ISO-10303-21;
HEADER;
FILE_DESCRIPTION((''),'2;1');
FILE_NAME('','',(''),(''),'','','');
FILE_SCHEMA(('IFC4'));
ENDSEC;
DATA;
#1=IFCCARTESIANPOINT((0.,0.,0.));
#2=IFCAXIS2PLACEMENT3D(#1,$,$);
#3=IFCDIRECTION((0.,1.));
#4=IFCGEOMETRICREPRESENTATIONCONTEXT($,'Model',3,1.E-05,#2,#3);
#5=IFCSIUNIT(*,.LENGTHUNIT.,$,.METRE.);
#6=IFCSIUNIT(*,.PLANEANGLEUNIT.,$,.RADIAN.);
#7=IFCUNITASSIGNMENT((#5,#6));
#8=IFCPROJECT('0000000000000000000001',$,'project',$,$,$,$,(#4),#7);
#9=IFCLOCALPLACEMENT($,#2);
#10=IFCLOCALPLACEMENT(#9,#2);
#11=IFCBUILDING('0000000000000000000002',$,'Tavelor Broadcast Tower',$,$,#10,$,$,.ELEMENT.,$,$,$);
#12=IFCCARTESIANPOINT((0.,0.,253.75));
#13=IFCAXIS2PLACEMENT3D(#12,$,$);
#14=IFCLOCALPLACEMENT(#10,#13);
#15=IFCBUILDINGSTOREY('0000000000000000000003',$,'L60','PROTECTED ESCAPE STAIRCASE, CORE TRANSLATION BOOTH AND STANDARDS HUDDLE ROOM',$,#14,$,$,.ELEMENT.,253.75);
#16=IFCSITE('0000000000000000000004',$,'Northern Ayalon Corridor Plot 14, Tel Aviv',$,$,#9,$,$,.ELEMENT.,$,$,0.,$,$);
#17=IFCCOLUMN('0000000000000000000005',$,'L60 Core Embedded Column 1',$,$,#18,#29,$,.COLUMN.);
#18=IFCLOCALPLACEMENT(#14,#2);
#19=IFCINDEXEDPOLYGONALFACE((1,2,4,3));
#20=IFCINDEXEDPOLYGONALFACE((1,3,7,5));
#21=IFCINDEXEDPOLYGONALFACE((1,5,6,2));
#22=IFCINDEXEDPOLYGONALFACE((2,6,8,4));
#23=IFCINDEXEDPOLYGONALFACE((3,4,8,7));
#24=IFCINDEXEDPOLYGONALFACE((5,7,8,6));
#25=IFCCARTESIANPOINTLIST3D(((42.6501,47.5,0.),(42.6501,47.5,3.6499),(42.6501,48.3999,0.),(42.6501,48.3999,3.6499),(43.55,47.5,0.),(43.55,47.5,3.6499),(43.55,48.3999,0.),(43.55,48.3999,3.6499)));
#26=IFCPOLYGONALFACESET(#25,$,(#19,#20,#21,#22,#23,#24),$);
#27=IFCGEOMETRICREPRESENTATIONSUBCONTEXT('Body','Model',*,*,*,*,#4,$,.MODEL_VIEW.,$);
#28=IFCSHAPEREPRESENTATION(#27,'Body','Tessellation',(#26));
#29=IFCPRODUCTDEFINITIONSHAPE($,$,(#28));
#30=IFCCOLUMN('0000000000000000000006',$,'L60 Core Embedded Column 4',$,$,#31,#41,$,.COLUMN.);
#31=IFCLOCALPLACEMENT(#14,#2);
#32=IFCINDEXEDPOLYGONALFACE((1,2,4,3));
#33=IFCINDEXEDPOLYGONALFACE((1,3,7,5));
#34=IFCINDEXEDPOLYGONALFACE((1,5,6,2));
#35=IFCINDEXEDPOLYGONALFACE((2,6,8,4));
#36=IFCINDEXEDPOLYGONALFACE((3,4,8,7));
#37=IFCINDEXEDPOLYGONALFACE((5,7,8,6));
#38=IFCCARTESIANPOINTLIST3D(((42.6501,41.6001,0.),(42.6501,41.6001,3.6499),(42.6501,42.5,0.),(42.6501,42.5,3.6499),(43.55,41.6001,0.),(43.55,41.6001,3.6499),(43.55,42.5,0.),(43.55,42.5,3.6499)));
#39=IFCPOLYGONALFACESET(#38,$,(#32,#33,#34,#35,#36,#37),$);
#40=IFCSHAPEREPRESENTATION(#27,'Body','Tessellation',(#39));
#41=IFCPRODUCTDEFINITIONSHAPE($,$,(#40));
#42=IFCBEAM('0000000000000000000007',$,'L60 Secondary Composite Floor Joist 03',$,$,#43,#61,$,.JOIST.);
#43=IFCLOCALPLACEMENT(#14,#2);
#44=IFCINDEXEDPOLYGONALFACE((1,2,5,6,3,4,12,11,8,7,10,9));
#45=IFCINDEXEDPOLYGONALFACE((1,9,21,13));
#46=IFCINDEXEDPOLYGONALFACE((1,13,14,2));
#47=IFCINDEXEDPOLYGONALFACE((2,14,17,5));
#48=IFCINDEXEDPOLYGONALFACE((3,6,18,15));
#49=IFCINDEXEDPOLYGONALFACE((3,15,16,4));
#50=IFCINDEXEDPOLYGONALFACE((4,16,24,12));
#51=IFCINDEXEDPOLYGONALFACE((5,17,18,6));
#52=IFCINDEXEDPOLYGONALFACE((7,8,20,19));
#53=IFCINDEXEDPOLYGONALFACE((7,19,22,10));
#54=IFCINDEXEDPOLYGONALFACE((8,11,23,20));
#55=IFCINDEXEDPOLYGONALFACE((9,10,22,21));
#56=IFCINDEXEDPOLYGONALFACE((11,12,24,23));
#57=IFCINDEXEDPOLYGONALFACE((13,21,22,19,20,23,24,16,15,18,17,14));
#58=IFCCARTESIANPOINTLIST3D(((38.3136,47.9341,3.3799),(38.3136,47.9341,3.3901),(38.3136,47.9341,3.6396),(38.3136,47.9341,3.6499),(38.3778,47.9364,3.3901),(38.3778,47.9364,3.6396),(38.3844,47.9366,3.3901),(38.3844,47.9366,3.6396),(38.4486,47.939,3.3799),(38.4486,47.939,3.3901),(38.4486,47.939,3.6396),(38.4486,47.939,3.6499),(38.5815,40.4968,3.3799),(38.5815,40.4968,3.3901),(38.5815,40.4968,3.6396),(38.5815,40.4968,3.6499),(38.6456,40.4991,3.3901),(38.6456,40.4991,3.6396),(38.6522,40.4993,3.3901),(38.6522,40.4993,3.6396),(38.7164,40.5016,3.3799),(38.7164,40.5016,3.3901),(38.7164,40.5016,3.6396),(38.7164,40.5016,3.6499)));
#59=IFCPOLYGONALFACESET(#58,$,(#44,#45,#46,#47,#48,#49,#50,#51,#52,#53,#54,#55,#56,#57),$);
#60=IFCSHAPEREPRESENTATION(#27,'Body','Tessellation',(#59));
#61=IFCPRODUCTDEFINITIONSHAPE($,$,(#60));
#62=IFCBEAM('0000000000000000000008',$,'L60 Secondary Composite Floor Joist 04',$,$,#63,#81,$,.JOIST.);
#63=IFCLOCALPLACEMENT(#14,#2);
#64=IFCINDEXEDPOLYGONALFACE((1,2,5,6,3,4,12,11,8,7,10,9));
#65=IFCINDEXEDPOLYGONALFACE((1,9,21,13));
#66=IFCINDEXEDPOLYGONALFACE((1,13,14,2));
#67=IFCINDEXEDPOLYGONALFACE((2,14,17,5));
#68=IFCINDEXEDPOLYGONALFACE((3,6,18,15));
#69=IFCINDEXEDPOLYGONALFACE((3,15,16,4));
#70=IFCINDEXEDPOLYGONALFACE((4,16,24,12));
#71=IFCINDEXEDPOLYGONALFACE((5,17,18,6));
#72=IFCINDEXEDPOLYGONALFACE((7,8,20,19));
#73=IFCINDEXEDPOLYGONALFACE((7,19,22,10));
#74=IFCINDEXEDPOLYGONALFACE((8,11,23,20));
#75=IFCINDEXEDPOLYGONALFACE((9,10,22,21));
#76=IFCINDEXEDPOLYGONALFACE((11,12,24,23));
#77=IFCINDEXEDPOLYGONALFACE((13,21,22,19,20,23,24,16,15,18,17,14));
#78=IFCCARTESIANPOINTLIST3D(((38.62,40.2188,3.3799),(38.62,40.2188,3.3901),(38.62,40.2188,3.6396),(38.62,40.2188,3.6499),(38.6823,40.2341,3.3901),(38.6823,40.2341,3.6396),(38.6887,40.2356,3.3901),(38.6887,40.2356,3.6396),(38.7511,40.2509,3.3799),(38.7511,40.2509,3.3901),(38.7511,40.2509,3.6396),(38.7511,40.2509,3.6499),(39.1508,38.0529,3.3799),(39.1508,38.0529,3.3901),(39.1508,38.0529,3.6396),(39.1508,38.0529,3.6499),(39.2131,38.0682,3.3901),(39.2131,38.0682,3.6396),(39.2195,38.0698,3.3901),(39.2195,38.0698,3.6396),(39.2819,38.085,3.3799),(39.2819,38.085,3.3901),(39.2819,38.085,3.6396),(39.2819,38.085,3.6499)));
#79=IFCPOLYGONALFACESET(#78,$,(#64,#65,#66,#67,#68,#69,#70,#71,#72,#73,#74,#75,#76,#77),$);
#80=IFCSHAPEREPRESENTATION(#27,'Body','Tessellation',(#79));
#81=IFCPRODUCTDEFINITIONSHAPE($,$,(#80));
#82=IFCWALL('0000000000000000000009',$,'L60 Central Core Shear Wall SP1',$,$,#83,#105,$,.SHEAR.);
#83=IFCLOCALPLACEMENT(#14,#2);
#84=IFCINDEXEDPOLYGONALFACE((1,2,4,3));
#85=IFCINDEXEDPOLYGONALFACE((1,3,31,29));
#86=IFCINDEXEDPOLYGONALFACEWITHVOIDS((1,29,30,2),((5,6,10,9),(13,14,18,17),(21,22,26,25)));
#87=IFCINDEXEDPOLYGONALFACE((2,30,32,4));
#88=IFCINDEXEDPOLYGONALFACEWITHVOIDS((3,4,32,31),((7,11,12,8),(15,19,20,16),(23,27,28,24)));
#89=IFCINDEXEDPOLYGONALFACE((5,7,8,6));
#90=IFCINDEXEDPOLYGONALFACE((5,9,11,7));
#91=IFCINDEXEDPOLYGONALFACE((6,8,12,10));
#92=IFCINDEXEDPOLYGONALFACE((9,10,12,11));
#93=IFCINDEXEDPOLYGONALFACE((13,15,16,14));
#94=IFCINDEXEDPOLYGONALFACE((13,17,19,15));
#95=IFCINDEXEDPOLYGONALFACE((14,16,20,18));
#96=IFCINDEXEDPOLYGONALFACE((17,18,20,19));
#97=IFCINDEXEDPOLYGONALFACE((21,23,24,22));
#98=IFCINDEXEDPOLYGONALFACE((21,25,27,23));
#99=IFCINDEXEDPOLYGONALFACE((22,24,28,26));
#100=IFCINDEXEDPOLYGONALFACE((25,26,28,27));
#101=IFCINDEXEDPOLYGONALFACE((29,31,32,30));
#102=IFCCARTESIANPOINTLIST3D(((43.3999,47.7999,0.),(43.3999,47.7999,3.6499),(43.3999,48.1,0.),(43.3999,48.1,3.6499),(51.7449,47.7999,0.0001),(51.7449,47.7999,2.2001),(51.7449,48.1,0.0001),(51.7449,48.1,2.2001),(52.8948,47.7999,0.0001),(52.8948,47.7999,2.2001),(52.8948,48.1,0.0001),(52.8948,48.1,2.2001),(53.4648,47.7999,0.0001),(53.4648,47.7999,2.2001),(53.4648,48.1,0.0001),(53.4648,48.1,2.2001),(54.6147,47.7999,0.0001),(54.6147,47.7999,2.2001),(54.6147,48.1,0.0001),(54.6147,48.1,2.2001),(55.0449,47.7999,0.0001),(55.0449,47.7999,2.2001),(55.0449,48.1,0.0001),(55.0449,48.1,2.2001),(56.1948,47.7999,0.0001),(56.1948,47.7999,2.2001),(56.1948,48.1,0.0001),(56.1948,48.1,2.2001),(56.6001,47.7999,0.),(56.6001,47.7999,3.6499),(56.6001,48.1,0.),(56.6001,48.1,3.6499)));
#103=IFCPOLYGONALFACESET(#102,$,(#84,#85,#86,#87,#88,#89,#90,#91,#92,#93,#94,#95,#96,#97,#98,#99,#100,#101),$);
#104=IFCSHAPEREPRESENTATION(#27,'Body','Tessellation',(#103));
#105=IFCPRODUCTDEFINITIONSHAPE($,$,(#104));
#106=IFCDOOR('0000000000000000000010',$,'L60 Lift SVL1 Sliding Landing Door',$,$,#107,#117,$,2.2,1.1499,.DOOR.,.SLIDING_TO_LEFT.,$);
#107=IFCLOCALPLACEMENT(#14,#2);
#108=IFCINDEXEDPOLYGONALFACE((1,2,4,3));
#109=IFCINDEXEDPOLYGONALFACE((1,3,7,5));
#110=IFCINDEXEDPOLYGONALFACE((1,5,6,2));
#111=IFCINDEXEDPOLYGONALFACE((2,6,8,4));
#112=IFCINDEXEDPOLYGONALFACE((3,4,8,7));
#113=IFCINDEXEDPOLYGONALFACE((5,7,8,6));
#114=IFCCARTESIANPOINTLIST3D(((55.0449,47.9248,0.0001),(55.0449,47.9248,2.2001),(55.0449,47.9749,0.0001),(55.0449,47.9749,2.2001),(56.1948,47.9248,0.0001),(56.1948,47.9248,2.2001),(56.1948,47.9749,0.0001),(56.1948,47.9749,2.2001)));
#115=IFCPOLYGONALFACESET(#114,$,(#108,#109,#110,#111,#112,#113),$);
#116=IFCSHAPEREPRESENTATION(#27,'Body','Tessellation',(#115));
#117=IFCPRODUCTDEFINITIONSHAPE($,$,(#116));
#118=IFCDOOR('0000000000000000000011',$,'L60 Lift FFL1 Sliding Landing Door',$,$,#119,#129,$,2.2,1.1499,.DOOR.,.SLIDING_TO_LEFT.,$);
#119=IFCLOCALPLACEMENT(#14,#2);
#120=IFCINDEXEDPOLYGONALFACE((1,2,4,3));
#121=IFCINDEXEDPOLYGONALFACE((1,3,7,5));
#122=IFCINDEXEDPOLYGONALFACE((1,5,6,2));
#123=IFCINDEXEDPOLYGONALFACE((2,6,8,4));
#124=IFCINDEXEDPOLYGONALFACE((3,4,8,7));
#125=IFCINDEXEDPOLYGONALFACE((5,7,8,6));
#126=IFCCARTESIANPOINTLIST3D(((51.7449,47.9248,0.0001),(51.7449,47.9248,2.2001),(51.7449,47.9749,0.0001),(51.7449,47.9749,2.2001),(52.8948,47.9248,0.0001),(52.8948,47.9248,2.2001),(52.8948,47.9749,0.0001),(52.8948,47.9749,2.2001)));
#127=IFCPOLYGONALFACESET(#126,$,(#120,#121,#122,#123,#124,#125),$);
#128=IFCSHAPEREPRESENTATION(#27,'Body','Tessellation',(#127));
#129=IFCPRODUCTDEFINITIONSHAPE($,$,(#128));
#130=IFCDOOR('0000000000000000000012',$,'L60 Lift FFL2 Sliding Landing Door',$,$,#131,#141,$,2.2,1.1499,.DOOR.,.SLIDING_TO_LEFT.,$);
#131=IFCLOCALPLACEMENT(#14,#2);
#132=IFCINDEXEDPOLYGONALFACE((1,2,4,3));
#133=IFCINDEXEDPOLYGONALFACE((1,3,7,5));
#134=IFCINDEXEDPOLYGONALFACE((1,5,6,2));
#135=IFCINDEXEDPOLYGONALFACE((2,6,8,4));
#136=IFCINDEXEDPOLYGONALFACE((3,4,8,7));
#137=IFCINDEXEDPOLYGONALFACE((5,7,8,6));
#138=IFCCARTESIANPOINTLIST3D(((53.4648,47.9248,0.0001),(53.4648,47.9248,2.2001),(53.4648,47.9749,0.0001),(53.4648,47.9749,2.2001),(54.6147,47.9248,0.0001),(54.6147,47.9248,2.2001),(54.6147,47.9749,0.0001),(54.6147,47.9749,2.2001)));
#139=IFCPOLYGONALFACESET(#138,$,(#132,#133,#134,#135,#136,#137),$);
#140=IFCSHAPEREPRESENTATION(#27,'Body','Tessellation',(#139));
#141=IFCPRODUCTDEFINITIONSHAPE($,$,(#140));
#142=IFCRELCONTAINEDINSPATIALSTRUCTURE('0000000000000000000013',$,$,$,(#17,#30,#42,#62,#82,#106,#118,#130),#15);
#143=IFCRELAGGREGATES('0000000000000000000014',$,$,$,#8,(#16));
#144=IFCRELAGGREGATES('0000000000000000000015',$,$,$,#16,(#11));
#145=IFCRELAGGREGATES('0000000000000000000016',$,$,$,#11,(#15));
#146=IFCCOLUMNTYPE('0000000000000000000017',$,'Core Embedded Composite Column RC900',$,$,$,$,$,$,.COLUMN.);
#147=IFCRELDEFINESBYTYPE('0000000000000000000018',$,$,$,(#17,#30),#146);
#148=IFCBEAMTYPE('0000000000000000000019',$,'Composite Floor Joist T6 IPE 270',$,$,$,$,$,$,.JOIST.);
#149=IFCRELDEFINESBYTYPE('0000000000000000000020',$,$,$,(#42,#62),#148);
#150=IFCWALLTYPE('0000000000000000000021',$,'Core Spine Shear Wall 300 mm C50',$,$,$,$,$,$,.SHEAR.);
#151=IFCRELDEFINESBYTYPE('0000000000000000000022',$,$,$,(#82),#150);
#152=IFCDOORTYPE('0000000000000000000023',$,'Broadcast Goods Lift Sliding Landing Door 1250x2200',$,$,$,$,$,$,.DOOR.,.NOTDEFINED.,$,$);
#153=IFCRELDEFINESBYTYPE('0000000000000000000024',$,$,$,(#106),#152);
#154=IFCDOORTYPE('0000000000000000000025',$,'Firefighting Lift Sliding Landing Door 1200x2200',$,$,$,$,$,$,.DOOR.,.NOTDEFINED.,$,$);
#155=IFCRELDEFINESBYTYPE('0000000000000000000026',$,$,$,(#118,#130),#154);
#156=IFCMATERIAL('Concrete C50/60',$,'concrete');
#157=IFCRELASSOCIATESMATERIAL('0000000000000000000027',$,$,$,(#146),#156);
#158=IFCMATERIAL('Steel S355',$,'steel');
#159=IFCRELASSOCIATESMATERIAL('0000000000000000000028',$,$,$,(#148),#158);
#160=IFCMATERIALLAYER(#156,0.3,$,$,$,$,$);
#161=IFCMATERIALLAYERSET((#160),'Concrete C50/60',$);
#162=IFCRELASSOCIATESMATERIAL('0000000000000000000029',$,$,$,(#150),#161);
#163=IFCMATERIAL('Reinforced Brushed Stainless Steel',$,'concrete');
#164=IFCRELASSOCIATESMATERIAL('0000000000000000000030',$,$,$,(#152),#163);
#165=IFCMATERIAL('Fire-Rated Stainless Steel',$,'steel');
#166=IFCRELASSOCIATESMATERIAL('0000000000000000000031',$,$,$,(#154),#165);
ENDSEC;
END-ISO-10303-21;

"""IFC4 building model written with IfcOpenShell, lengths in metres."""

from ifc_helpers import new_model, si_unit, direction, frame, frame_2d, origin, origin_2d, place, context, subcontext, project, spatial, rectangle, i_section, extrude, material, layer, layer_set, material_profile, profile_set, type_object, element, fill, save


model = new_model("IFC4")

# Units and contexts
model_context = context("Model", 3, precision=1e-05, world=origin(), true_north=direction((0.0, 1.0)))
body_context = subcontext(model_context, "Body", "Model", "MODEL_VIEW")
ifc_project = project(units=[si_unit("LENGTHUNIT", "METRE"), si_unit("PLANEANGLEUNIT", "RADIAN")], contexts=[model_context])

# Site, building, storey
site_placement = place(None, origin())
site = spatial("IfcSite", under=ifc_project, at=site_placement, Name="Northern Ayalon Corridor Plot 14, Tel Aviv", CompositionType="ELEMENT", RefElevation=0.0)
building_placement = place(site_placement, origin())
building = spatial("IfcBuilding", under=site, at=building_placement, Name="Tavelor Broadcast Tower", CompositionType="ELEMENT")
storey_placement = place(building_placement, frame((0.0, 0.0, 253.75)))
storey = spatial("IfcBuildingStorey", under=building, at=storey_placement, Name="L60", Description="PROTECTED ESCAPE STAIRCASE, CORE TRANSLATION BOOTH AND STANDARDS HUDDLE ROOM", CompositionType="ELEMENT", Elevation=253.75)

# Columns
ifc_material_1 = material(Name="Concrete C50/60", Category="concrete")
ifc_material_profile_1 = material_profile(ifc_material_1, rectangle(XDim=0.8999, YDim=0.8999, at=origin_2d()), Name="RC 900x900")
ifc_profile_set_1 = profile_set([ifc_material_profile_1], Name="Concrete C50/60")
column_type = type_object("IfcColumnType", Name="Core Embedded Composite Column RC900", PredefinedType="COLUMN", material=ifc_profile_set_1)
for number, where, z_axis, x_axis, name in (
    (1, (43.1001, 47.95, 0.0), (0.0, 0.0, 1.0), (1.0, 0.0, 0.0), "L60 Core Embedded Column 1"),
    (2, (43.1001, 42.05, 0.0), (0.0, 0.0, 1.0), (1.0, 0.0, 0.0), "L60 Core Embedded Column 4"),
):
    element("IfcColumn", number, at=place(storey_placement, frame(where, z_axis=z_axis, x_axis=x_axis)), inside=storey, type_object=column_type, Name=name, PredefinedType="COLUMN", context=body_context, shape_type="SweptSolid", body=[
        extrude(rectangle(XDim=0.8999, YDim=0.8999, at=origin_2d()), origin(), (0.0, 0.0, 1.0), 3.6499),
    ])

# Beams
ifc_material_2 = material(Name="Steel S355", Category="steel")
ifc_material_profile_2 = material_profile(ifc_material_2, i_section(OverallWidth=0.135, OverallDepth=0.27, WebThickness=0.0066, FlangeThickness=0.0103, at=origin_2d()), Name="IPE 270")
ifc_profile_set_2 = profile_set([ifc_material_profile_2], Name="Steel S355")
beam_type = type_object("IfcBeamType", Name="Composite Floor Joist T6 IPE 270", PredefinedType="JOIST", material=ifc_profile_set_2)
beam_1_placement = place(storey_placement, frame((38.3811, 47.9365, 3.5149), z_axis=(0.035988, -0.999352, 0.0), x_axis=(0.999352, 0.035988, 0.0)))
element("IfcBeam", 3, at=beam_1_placement, inside=storey, type_object=beam_type, Name="L60 Secondary Composite Floor Joist 03", PredefinedType="JOIST", context=body_context, shape_type="SweptSolid", body=[
    extrude(i_section(OverallWidth=0.135, OverallDepth=0.27, WebThickness=0.0066, FlangeThickness=0.0103, at=origin_2d()), origin(), (0.0, 0.0, 1.0), 7.4421),
])
beam_2_placement = place(storey_placement, frame((38.6855, 40.2349, 3.5149), z_axis=(0.238025, -0.971259, 0.0), x_axis=(0.971259, 0.238025, 0.0)))
element("IfcBeam", 4, at=beam_2_placement, inside=storey, type_object=beam_type, Name="L60 Secondary Composite Floor Joist 04", PredefinedType="JOIST", context=body_context, shape_type="SweptSolid", body=[
    extrude(i_section(OverallWidth=0.135, OverallDepth=0.27, WebThickness=0.0066, FlangeThickness=0.0103, at=origin_2d()), origin(), (0.0, 0.0, 1.0), 2.23),
])

# Wall, openings, doors
ifc_layer_1 = layer(ifc_material_1, 0.3)
ifc_layer_set_1 = layer_set([ifc_layer_1], Name="Concrete C50/60")
wall_type_1 = type_object("IfcWallType", Name="Core Spine Shear Wall 300 mm C50", PredefinedType="SHEAR", material=ifc_layer_set_1)
wall_1_placement = place(storey_placement, frame((43.3999, 47.95, 0.0), z_axis=(0.0, 0.0, 1.0), x_axis=(1.0, 0.0, 0.0)))
wall_1 = element("IfcWall", 5, at=wall_1_placement, inside=storey, type_object=wall_type_1, Name="L60 Central Core Shear Wall SP1", PredefinedType="SHEAR", context=body_context, shape_type="SweptSolid", body=[
    extrude(rectangle(XDim=13.2002, YDim=0.3, at=frame_2d((6.6001, 0.0))), origin(), (0.0, 0.0, 1.0), 3.6499),
])
opening_1_placement = place(wall_1_placement, frame((8.345, 0.0, 0.0)))
opening_1 = element("IfcOpeningElement", 6, at=opening_1_placement, cuts=wall_1, PredefinedType="OPENING", context=body_context, shape_type="SweptSolid", body=[
    extrude(rectangle(XDim=1.1499, YDim=2.2, at=frame_2d((0.575, 1.1001))), frame((0.0, 0.1602, 0.0), z_axis=(0.0, -1.0, 0.0), x_axis=(1.0, 0.0, 0.0)), (0.0, 0.0, 1.0), 0.3201),
])
opening_2_placement = place(wall_1_placement, frame((10.0649, 0.0, 0.0)))
opening_2 = element("IfcOpeningElement", 7, at=opening_2_placement, cuts=wall_1, PredefinedType="OPENING", context=body_context, shape_type="SweptSolid", body=[
    extrude(rectangle(XDim=1.1499, YDim=2.2, at=frame_2d((0.575, 1.1001))), frame((0.0, 0.1602, 0.0), z_axis=(0.0, -1.0, 0.0), x_axis=(1.0, 0.0, 0.0)), (0.0, 0.0, 1.0), 0.3201),
])
opening_3_placement = place(wall_1_placement, frame((11.645, 0.0, 0.0)))
opening_3 = element("IfcOpeningElement", 8, at=opening_3_placement, cuts=wall_1, PredefinedType="OPENING", context=body_context, shape_type="SweptSolid", body=[
    extrude(rectangle(XDim=1.1499, YDim=2.2, at=frame_2d((0.575, 1.1001))), frame((0.0, 0.1602, 0.0), z_axis=(0.0, -1.0, 0.0), x_axis=(1.0, 0.0, 0.0)), (0.0, 0.0, 1.0), 0.3201),
])
ifc_material_3 = material(Name="Reinforced Brushed Stainless Steel", Category="concrete")
door_type_1 = type_object("IfcDoorType", Name="Broadcast Goods Lift Sliding Landing Door 1250x2200", OperationType="NOTDEFINED", PredefinedType="DOOR", material=ifc_material_3)
door_1_placement = place(opening_3_placement, origin())
door_1 = element("IfcDoor", 9, at=door_1_placement, inside=storey, type_object=door_type_1, Name="L60 Lift SVL1 Sliding Landing Door", OperationType="SLIDING_TO_LEFT", OverallHeight=2.2, OverallWidth=1.1499, PredefinedType="DOOR", context=body_context, shape_type="SweptSolid", body=[
    extrude(rectangle(XDim=1.1499, YDim=2.2, at=frame_2d((0.575, 1.1001))), frame((0.0, 0.0249, 0.0), z_axis=(0.0, -1.0, 0.0), x_axis=(1.0, 0.0, 0.0)), (0.0, 0.0, 1.0), 0.05),
])
fill(opening_3, door_1)
ifc_material_4 = material(Name="Fire-Rated Stainless Steel", Category="steel")
door_type_2 = type_object("IfcDoorType", Name="Firefighting Lift Sliding Landing Door 1200x2200", OperationType="NOTDEFINED", PredefinedType="DOOR", material=ifc_material_4)
door_2_placement = place(opening_1_placement, origin())
door_2 = element("IfcDoor", 10, at=door_2_placement, inside=storey, type_object=door_type_2, Name="L60 Lift FFL1 Sliding Landing Door", OperationType="SLIDING_TO_LEFT", OverallHeight=2.2, OverallWidth=1.1499, PredefinedType="DOOR", context=body_context, shape_type="SweptSolid", body=[
    extrude(rectangle(XDim=1.1499, YDim=2.2, at=frame_2d((0.575, 1.1001))), frame((0.0, 0.0249, 0.0), z_axis=(0.0, -1.0, 0.0), x_axis=(1.0, 0.0, 0.0)), (0.0, 0.0, 1.0), 0.05),
])
fill(opening_1, door_2)
door_3_placement = place(opening_2_placement, origin())
door_3 = element("IfcDoor", 11, at=door_3_placement, inside=storey, type_object=door_type_2, Name="L60 Lift FFL2 Sliding Landing Door", OperationType="SLIDING_TO_LEFT", OverallHeight=2.2, OverallWidth=1.1499, PredefinedType="DOOR", context=body_context, shape_type="SweptSolid", body=[
    extrude(rectangle(XDim=1.1499, YDim=2.2, at=frame_2d((0.575, 1.1001))), frame((0.0, 0.0249, 0.0), z_axis=(0.0, -1.0, 0.0), x_axis=(1.0, 0.0, 0.0)), (0.0, 0.0, 1.0), 0.05),
])
fill(opening_2, door_3)

save(model, "model.ifc")
